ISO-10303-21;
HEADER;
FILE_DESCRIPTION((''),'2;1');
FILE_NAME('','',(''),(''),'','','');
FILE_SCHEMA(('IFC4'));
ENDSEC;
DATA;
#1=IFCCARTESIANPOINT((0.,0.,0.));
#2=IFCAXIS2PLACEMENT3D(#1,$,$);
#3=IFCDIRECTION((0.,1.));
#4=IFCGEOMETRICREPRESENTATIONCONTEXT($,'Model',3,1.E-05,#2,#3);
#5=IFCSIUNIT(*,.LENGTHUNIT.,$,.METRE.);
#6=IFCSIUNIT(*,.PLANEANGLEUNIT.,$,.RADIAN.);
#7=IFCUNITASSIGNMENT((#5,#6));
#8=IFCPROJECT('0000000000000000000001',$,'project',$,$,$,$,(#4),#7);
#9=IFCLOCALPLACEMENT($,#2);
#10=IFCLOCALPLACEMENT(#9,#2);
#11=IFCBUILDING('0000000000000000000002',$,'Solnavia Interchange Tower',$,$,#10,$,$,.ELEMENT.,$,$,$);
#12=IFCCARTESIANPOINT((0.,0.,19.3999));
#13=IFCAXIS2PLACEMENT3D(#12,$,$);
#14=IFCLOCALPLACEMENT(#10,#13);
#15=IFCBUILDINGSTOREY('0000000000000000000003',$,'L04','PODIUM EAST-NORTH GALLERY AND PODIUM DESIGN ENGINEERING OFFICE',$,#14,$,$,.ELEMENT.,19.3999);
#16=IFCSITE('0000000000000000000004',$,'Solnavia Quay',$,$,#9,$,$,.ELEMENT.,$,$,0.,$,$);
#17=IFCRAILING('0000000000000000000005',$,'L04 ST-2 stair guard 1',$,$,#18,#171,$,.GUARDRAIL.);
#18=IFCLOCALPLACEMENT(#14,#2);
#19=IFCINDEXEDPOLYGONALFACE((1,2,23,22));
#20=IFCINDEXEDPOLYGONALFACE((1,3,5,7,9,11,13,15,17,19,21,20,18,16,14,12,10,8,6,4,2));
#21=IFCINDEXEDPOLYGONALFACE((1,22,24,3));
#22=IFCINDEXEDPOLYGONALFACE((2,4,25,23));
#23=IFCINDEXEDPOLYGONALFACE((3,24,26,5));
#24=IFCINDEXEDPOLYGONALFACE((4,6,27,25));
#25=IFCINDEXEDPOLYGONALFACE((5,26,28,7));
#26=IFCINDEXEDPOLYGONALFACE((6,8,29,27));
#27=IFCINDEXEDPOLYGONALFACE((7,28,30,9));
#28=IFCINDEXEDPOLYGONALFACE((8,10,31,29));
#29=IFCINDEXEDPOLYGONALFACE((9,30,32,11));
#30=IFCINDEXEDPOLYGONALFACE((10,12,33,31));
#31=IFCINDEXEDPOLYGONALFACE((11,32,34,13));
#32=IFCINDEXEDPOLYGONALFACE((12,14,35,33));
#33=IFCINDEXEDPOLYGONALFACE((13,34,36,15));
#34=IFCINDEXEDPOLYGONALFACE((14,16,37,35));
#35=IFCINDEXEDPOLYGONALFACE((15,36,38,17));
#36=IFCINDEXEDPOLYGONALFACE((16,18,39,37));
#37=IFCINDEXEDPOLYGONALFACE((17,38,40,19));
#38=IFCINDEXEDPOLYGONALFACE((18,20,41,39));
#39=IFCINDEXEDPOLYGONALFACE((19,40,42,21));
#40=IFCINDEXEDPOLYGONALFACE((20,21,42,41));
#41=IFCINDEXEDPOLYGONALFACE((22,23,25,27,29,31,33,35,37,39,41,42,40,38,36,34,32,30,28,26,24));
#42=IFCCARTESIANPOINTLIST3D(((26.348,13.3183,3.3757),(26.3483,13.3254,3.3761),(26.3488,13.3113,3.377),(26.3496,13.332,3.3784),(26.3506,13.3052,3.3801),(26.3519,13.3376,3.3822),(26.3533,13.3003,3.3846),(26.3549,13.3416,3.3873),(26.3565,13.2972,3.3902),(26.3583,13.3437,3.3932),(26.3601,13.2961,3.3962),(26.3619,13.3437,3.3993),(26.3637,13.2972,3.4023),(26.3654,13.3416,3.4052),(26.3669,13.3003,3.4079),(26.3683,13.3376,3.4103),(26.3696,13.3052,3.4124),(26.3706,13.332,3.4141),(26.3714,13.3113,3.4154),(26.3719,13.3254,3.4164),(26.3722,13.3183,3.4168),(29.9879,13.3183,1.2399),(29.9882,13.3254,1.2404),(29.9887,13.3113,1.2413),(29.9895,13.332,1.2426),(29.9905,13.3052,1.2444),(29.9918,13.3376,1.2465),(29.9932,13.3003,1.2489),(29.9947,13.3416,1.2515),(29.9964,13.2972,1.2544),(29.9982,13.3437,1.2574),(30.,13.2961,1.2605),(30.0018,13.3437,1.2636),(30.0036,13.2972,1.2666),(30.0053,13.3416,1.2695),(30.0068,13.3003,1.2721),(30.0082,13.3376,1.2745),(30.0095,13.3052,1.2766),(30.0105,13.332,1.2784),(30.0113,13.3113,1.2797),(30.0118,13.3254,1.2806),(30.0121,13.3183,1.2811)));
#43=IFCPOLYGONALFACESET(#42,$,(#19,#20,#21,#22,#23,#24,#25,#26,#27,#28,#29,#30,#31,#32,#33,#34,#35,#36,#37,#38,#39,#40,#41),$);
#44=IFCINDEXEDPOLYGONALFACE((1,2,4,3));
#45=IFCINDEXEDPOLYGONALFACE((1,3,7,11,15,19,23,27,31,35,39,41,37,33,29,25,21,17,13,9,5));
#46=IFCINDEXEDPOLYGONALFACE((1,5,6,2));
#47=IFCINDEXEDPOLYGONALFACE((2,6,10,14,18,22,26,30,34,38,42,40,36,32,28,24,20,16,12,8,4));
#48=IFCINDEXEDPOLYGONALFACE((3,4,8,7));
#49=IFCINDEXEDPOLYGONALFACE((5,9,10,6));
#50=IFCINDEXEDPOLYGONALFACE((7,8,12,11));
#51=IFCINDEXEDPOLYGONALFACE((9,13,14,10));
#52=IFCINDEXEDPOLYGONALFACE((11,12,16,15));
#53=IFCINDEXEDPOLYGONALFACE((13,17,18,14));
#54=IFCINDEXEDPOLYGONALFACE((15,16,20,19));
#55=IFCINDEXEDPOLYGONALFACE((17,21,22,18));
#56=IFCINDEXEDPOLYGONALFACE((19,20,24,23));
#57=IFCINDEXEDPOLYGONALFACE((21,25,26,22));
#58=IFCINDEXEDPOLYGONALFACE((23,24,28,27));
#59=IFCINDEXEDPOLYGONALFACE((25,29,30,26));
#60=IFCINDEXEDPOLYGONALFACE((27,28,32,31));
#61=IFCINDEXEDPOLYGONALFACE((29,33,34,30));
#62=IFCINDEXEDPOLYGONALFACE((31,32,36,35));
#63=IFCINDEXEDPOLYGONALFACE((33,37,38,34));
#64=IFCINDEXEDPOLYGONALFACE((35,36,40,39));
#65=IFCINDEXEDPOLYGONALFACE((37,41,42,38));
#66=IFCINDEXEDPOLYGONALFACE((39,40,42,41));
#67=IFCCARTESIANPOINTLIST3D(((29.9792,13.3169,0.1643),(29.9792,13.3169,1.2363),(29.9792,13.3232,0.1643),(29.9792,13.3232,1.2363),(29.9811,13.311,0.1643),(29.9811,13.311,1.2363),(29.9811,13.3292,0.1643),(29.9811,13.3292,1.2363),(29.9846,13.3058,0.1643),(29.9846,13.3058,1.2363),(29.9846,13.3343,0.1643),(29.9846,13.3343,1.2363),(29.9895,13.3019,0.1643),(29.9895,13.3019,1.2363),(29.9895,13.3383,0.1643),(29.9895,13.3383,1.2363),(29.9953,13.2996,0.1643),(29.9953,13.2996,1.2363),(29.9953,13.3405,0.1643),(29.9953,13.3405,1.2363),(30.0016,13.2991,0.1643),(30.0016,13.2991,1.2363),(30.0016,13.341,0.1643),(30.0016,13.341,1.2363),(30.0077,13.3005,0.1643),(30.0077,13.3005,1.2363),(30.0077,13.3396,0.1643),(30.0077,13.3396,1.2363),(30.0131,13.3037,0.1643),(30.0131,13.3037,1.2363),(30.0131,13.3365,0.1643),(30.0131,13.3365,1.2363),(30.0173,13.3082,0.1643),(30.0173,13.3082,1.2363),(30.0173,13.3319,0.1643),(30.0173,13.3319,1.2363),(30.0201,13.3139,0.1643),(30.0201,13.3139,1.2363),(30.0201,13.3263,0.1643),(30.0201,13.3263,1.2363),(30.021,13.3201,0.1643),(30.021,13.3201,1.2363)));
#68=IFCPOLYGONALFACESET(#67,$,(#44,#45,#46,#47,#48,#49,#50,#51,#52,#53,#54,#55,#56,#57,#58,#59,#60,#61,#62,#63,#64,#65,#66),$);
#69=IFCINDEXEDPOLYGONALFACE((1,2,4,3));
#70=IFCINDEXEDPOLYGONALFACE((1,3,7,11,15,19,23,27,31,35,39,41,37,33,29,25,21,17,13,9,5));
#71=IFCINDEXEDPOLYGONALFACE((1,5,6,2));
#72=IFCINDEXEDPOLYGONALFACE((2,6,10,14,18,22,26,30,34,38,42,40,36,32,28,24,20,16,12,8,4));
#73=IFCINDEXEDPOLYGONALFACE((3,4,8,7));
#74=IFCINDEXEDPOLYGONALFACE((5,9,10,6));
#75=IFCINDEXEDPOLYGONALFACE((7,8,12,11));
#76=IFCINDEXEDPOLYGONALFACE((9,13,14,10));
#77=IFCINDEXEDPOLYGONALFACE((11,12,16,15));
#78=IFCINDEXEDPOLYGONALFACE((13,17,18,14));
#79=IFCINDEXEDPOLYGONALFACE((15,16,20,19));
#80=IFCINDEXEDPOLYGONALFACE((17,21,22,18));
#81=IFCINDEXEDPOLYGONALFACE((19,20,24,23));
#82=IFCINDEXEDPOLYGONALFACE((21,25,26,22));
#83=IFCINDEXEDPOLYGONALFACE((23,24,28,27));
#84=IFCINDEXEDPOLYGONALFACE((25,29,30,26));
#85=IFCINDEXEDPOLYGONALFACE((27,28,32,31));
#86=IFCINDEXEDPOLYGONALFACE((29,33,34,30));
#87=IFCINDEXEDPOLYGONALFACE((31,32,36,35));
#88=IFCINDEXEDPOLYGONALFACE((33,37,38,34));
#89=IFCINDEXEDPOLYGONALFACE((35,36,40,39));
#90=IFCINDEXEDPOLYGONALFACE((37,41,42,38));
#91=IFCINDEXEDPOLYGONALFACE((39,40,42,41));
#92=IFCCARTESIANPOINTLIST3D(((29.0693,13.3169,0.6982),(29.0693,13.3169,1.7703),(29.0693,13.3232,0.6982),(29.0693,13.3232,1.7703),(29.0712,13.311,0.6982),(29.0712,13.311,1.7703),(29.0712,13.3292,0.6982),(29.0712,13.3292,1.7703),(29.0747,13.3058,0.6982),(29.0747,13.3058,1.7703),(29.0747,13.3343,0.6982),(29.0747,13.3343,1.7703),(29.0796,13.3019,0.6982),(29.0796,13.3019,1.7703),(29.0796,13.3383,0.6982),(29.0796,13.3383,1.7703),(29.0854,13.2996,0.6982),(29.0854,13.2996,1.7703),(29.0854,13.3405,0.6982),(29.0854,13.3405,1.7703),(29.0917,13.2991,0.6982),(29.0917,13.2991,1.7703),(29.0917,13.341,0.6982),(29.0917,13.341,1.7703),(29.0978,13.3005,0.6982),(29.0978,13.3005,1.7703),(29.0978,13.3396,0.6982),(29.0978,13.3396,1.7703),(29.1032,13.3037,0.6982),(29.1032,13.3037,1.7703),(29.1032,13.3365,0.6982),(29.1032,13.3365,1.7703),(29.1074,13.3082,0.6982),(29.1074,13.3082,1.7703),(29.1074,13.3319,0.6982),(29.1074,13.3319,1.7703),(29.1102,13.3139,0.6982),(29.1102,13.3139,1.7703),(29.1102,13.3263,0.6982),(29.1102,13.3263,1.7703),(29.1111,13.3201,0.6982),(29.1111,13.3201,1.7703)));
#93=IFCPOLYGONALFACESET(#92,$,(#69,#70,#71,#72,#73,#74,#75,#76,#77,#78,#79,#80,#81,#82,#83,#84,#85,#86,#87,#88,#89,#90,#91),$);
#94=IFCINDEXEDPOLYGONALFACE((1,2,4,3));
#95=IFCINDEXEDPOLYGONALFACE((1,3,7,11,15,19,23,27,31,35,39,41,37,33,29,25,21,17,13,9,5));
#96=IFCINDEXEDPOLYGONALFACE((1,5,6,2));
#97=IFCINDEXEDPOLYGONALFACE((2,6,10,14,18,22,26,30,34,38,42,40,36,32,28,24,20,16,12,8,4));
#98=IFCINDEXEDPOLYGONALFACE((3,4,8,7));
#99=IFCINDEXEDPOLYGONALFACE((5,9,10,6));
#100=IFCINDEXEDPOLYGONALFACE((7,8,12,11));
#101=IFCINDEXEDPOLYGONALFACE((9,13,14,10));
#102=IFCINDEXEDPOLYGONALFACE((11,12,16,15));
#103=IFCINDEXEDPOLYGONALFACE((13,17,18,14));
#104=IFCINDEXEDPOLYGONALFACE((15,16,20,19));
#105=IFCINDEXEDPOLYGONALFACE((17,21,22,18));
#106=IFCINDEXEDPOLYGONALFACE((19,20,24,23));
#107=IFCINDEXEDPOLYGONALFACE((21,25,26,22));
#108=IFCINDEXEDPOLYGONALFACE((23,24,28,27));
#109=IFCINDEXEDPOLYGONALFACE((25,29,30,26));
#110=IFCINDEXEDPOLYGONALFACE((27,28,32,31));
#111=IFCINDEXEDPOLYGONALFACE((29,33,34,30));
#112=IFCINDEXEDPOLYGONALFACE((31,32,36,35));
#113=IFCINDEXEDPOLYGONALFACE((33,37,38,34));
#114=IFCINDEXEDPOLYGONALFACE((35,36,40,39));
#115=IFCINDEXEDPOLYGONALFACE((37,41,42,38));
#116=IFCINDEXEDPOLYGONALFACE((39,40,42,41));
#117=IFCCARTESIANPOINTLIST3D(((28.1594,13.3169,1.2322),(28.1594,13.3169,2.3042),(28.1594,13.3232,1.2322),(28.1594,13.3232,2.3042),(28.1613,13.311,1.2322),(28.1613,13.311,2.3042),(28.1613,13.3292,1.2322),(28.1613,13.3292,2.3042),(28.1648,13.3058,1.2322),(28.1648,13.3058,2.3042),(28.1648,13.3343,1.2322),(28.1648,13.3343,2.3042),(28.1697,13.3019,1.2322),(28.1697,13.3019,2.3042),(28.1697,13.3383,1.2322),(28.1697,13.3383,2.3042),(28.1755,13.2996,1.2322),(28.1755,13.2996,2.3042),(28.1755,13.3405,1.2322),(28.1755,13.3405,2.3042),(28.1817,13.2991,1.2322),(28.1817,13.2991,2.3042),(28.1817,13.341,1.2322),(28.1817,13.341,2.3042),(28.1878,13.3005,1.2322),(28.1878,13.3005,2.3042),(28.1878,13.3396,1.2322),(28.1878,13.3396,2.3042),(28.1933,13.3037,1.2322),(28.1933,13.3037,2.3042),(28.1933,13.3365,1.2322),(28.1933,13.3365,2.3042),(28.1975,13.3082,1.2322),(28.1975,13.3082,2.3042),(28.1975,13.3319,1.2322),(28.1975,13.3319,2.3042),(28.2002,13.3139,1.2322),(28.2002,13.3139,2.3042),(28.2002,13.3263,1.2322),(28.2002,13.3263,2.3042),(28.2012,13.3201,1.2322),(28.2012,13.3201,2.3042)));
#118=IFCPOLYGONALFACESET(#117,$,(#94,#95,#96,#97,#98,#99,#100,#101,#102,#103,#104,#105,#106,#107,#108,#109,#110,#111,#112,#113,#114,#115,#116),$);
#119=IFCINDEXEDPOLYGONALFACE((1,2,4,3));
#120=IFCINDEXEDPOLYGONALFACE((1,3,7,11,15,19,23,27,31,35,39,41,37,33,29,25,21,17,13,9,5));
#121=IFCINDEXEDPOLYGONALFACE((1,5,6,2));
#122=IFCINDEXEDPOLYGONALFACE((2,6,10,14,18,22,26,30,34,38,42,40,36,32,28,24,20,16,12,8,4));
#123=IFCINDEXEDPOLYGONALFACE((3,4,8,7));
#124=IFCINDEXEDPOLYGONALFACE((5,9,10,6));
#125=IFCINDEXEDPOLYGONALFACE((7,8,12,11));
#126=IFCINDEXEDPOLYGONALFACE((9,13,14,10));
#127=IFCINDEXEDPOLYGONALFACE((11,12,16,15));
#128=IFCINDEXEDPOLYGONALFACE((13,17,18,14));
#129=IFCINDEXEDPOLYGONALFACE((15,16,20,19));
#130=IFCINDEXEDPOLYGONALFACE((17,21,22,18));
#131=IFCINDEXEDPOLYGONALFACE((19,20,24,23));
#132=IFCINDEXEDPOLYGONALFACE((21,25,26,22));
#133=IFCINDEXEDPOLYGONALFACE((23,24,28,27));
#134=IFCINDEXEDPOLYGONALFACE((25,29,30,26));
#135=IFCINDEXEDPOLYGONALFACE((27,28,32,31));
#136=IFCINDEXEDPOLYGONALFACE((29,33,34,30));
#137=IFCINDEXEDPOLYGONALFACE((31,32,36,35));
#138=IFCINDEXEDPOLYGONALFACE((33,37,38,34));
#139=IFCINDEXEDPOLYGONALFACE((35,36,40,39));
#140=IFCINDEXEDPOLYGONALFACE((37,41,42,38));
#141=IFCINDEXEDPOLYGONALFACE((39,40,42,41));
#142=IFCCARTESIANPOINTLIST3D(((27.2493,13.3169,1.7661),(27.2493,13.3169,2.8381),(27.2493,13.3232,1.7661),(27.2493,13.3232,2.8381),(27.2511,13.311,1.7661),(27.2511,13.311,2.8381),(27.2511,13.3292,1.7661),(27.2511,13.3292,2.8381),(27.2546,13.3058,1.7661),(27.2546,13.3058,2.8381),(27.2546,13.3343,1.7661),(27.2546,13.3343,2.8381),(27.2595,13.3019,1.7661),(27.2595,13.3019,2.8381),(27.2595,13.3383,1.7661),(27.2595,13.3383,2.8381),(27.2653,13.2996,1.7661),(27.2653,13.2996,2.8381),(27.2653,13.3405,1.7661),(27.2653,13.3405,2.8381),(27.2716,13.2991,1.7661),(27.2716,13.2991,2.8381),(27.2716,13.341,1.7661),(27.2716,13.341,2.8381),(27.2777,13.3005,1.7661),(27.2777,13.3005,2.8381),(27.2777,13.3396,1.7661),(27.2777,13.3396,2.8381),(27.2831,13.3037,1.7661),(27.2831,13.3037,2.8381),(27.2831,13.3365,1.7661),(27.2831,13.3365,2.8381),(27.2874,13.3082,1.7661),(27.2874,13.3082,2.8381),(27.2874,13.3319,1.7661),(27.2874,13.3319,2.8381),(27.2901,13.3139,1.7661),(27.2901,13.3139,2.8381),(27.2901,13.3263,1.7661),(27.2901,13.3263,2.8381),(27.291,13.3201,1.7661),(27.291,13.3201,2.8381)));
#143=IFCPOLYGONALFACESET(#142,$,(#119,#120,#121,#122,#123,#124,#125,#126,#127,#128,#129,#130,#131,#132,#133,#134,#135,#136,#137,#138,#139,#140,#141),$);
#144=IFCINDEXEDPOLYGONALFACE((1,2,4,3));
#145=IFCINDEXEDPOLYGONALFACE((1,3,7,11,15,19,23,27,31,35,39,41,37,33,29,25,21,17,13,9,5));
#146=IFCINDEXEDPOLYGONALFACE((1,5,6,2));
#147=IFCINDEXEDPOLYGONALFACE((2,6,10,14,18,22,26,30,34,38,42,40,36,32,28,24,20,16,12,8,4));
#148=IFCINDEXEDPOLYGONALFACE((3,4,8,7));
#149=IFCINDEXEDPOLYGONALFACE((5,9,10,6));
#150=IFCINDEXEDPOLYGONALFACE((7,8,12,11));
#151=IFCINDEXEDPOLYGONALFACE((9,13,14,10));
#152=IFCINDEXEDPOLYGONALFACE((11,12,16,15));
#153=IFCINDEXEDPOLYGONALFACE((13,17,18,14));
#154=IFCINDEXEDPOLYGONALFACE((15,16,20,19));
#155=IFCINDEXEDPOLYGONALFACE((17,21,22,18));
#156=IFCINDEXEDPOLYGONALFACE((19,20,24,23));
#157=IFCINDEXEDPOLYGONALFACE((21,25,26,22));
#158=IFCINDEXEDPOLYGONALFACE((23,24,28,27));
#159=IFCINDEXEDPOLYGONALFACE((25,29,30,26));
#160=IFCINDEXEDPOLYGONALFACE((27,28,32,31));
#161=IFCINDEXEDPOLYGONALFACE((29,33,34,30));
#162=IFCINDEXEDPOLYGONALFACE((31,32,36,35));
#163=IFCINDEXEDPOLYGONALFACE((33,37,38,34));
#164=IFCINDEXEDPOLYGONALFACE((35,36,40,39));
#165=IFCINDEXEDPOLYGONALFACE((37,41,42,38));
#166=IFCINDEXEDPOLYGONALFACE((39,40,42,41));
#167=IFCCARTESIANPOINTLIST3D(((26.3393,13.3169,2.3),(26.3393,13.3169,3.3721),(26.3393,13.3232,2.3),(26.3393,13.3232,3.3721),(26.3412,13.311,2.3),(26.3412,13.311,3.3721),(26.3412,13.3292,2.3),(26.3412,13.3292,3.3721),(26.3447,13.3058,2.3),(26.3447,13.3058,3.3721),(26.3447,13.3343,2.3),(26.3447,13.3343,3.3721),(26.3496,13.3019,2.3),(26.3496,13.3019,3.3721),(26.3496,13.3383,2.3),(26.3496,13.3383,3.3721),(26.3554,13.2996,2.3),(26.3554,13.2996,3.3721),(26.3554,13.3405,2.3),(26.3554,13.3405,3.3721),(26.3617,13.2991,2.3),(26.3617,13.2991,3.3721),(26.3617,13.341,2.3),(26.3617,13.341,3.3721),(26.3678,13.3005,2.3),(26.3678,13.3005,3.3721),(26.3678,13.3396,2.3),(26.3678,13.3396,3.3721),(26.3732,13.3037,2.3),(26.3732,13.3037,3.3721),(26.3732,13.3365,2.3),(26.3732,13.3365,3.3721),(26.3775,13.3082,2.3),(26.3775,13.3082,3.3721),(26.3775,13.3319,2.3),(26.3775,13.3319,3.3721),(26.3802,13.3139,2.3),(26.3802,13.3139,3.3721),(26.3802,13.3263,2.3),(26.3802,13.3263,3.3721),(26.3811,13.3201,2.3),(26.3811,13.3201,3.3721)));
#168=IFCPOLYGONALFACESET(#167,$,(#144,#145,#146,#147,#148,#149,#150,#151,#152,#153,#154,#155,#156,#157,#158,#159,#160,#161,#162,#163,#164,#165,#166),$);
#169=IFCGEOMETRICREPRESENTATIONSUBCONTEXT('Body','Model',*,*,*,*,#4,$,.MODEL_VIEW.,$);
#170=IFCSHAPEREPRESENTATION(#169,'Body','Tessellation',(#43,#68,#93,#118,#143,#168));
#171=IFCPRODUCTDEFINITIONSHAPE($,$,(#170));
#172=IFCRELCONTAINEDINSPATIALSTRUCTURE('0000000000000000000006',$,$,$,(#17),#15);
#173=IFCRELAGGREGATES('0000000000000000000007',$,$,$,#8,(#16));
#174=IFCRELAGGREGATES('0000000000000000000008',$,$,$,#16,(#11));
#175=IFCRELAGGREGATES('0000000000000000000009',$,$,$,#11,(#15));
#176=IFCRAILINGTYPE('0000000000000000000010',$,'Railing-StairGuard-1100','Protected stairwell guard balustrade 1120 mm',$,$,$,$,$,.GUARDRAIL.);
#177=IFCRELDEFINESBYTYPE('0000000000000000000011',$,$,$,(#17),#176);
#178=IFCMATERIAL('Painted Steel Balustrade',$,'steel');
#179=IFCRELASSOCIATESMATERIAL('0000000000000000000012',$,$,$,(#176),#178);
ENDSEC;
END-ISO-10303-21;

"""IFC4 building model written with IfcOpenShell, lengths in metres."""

from ifc_helpers import new_model, si_unit, direction, frame, origin, origin_2d, place, context, subcontext, project, spatial, circle, extrude, material, type_object, element, save


model = new_model("IFC4")

# Units and contexts
model_context = context("Model", 3, precision=1e-05, world=origin(), true_north=direction((0.0, 1.0)))
body_context = subcontext(model_context, "Body", "Model", "MODEL_VIEW")
ifc_project = project(units=[si_unit("LENGTHUNIT", "METRE"), si_unit("PLANEANGLEUNIT", "RADIAN")], contexts=[model_context])

# Site, building, storey
site_placement = place(None, origin())
site = spatial("IfcSite", under=ifc_project, at=site_placement, Name="Solnavia Quay", CompositionType="ELEMENT", RefElevation=0.0)
building_placement = place(site_placement, origin())
building = spatial("IfcBuilding", under=site, at=building_placement, Name="Solnavia Interchange Tower", CompositionType="ELEMENT")
storey_placement = place(building_placement, frame((0.0, 0.0, 19.3999)))
storey = spatial("IfcBuildingStorey", under=building, at=storey_placement, Name="L04", Description="PODIUM EAST-NORTH GALLERY AND PODIUM DESIGN ENGINEERING OFFICE", CompositionType="ELEMENT", Elevation=19.3999)

# Railing
ifc_material_1 = material(Name="Painted Steel Balustrade", Category="steel")
railing_type_1 = type_object("IfcRailingType", Name="Railing-StairGuard-1100", Description="Protected stairwell guard balustrade 1120 mm", PredefinedType="GUARDRAIL", material=ifc_material_1)
railing_1_placement = place(storey_placement, frame((30.0, 13.3201, 0.1643)))
element("IfcRailing", 1, at=railing_1_placement, inside=storey, type_object=railing_type_1, Name="L04 ST-2 stair guard 1", PredefinedType="GUARDRAIL", context=body_context, shape_type="SweptSolid", body=[
    extrude(circle(Radius=0.0239, at=origin_2d()), frame((0.0, 0.0, 1.0962), z_axis=(-0.86249, 0.0, 0.506074), x_axis=(0.0, -1.0, 0.0)), (0.0, 0.0, 1.0), 4.2202),
    extrude(circle(Radius=0.021, at=origin_2d()), origin(), (0.0, 0.0, 1.0), 1.072),
    extrude(circle(Radius=0.021, at=origin_2d()), frame((-0.9099, 0.0, 0.5339)), (0.0, 0.0, 1.0), 1.072),
    extrude(circle(Radius=0.021, at=origin_2d()), frame((-1.8198, 0.0, 1.0679)), (0.0, 0.0, 1.0), 1.072),
    extrude(circle(Radius=0.021, at=origin_2d()), frame((-2.73, 0.0, 1.6018)), (0.0, 0.0, 1.0), 1.072),
    extrude(circle(Radius=0.021, at=origin_2d()), frame((-3.6399, 0.0, 2.1357)), (0.0, 0.0, 1.0), 1.072),
])

save(model, "model.ifc")
